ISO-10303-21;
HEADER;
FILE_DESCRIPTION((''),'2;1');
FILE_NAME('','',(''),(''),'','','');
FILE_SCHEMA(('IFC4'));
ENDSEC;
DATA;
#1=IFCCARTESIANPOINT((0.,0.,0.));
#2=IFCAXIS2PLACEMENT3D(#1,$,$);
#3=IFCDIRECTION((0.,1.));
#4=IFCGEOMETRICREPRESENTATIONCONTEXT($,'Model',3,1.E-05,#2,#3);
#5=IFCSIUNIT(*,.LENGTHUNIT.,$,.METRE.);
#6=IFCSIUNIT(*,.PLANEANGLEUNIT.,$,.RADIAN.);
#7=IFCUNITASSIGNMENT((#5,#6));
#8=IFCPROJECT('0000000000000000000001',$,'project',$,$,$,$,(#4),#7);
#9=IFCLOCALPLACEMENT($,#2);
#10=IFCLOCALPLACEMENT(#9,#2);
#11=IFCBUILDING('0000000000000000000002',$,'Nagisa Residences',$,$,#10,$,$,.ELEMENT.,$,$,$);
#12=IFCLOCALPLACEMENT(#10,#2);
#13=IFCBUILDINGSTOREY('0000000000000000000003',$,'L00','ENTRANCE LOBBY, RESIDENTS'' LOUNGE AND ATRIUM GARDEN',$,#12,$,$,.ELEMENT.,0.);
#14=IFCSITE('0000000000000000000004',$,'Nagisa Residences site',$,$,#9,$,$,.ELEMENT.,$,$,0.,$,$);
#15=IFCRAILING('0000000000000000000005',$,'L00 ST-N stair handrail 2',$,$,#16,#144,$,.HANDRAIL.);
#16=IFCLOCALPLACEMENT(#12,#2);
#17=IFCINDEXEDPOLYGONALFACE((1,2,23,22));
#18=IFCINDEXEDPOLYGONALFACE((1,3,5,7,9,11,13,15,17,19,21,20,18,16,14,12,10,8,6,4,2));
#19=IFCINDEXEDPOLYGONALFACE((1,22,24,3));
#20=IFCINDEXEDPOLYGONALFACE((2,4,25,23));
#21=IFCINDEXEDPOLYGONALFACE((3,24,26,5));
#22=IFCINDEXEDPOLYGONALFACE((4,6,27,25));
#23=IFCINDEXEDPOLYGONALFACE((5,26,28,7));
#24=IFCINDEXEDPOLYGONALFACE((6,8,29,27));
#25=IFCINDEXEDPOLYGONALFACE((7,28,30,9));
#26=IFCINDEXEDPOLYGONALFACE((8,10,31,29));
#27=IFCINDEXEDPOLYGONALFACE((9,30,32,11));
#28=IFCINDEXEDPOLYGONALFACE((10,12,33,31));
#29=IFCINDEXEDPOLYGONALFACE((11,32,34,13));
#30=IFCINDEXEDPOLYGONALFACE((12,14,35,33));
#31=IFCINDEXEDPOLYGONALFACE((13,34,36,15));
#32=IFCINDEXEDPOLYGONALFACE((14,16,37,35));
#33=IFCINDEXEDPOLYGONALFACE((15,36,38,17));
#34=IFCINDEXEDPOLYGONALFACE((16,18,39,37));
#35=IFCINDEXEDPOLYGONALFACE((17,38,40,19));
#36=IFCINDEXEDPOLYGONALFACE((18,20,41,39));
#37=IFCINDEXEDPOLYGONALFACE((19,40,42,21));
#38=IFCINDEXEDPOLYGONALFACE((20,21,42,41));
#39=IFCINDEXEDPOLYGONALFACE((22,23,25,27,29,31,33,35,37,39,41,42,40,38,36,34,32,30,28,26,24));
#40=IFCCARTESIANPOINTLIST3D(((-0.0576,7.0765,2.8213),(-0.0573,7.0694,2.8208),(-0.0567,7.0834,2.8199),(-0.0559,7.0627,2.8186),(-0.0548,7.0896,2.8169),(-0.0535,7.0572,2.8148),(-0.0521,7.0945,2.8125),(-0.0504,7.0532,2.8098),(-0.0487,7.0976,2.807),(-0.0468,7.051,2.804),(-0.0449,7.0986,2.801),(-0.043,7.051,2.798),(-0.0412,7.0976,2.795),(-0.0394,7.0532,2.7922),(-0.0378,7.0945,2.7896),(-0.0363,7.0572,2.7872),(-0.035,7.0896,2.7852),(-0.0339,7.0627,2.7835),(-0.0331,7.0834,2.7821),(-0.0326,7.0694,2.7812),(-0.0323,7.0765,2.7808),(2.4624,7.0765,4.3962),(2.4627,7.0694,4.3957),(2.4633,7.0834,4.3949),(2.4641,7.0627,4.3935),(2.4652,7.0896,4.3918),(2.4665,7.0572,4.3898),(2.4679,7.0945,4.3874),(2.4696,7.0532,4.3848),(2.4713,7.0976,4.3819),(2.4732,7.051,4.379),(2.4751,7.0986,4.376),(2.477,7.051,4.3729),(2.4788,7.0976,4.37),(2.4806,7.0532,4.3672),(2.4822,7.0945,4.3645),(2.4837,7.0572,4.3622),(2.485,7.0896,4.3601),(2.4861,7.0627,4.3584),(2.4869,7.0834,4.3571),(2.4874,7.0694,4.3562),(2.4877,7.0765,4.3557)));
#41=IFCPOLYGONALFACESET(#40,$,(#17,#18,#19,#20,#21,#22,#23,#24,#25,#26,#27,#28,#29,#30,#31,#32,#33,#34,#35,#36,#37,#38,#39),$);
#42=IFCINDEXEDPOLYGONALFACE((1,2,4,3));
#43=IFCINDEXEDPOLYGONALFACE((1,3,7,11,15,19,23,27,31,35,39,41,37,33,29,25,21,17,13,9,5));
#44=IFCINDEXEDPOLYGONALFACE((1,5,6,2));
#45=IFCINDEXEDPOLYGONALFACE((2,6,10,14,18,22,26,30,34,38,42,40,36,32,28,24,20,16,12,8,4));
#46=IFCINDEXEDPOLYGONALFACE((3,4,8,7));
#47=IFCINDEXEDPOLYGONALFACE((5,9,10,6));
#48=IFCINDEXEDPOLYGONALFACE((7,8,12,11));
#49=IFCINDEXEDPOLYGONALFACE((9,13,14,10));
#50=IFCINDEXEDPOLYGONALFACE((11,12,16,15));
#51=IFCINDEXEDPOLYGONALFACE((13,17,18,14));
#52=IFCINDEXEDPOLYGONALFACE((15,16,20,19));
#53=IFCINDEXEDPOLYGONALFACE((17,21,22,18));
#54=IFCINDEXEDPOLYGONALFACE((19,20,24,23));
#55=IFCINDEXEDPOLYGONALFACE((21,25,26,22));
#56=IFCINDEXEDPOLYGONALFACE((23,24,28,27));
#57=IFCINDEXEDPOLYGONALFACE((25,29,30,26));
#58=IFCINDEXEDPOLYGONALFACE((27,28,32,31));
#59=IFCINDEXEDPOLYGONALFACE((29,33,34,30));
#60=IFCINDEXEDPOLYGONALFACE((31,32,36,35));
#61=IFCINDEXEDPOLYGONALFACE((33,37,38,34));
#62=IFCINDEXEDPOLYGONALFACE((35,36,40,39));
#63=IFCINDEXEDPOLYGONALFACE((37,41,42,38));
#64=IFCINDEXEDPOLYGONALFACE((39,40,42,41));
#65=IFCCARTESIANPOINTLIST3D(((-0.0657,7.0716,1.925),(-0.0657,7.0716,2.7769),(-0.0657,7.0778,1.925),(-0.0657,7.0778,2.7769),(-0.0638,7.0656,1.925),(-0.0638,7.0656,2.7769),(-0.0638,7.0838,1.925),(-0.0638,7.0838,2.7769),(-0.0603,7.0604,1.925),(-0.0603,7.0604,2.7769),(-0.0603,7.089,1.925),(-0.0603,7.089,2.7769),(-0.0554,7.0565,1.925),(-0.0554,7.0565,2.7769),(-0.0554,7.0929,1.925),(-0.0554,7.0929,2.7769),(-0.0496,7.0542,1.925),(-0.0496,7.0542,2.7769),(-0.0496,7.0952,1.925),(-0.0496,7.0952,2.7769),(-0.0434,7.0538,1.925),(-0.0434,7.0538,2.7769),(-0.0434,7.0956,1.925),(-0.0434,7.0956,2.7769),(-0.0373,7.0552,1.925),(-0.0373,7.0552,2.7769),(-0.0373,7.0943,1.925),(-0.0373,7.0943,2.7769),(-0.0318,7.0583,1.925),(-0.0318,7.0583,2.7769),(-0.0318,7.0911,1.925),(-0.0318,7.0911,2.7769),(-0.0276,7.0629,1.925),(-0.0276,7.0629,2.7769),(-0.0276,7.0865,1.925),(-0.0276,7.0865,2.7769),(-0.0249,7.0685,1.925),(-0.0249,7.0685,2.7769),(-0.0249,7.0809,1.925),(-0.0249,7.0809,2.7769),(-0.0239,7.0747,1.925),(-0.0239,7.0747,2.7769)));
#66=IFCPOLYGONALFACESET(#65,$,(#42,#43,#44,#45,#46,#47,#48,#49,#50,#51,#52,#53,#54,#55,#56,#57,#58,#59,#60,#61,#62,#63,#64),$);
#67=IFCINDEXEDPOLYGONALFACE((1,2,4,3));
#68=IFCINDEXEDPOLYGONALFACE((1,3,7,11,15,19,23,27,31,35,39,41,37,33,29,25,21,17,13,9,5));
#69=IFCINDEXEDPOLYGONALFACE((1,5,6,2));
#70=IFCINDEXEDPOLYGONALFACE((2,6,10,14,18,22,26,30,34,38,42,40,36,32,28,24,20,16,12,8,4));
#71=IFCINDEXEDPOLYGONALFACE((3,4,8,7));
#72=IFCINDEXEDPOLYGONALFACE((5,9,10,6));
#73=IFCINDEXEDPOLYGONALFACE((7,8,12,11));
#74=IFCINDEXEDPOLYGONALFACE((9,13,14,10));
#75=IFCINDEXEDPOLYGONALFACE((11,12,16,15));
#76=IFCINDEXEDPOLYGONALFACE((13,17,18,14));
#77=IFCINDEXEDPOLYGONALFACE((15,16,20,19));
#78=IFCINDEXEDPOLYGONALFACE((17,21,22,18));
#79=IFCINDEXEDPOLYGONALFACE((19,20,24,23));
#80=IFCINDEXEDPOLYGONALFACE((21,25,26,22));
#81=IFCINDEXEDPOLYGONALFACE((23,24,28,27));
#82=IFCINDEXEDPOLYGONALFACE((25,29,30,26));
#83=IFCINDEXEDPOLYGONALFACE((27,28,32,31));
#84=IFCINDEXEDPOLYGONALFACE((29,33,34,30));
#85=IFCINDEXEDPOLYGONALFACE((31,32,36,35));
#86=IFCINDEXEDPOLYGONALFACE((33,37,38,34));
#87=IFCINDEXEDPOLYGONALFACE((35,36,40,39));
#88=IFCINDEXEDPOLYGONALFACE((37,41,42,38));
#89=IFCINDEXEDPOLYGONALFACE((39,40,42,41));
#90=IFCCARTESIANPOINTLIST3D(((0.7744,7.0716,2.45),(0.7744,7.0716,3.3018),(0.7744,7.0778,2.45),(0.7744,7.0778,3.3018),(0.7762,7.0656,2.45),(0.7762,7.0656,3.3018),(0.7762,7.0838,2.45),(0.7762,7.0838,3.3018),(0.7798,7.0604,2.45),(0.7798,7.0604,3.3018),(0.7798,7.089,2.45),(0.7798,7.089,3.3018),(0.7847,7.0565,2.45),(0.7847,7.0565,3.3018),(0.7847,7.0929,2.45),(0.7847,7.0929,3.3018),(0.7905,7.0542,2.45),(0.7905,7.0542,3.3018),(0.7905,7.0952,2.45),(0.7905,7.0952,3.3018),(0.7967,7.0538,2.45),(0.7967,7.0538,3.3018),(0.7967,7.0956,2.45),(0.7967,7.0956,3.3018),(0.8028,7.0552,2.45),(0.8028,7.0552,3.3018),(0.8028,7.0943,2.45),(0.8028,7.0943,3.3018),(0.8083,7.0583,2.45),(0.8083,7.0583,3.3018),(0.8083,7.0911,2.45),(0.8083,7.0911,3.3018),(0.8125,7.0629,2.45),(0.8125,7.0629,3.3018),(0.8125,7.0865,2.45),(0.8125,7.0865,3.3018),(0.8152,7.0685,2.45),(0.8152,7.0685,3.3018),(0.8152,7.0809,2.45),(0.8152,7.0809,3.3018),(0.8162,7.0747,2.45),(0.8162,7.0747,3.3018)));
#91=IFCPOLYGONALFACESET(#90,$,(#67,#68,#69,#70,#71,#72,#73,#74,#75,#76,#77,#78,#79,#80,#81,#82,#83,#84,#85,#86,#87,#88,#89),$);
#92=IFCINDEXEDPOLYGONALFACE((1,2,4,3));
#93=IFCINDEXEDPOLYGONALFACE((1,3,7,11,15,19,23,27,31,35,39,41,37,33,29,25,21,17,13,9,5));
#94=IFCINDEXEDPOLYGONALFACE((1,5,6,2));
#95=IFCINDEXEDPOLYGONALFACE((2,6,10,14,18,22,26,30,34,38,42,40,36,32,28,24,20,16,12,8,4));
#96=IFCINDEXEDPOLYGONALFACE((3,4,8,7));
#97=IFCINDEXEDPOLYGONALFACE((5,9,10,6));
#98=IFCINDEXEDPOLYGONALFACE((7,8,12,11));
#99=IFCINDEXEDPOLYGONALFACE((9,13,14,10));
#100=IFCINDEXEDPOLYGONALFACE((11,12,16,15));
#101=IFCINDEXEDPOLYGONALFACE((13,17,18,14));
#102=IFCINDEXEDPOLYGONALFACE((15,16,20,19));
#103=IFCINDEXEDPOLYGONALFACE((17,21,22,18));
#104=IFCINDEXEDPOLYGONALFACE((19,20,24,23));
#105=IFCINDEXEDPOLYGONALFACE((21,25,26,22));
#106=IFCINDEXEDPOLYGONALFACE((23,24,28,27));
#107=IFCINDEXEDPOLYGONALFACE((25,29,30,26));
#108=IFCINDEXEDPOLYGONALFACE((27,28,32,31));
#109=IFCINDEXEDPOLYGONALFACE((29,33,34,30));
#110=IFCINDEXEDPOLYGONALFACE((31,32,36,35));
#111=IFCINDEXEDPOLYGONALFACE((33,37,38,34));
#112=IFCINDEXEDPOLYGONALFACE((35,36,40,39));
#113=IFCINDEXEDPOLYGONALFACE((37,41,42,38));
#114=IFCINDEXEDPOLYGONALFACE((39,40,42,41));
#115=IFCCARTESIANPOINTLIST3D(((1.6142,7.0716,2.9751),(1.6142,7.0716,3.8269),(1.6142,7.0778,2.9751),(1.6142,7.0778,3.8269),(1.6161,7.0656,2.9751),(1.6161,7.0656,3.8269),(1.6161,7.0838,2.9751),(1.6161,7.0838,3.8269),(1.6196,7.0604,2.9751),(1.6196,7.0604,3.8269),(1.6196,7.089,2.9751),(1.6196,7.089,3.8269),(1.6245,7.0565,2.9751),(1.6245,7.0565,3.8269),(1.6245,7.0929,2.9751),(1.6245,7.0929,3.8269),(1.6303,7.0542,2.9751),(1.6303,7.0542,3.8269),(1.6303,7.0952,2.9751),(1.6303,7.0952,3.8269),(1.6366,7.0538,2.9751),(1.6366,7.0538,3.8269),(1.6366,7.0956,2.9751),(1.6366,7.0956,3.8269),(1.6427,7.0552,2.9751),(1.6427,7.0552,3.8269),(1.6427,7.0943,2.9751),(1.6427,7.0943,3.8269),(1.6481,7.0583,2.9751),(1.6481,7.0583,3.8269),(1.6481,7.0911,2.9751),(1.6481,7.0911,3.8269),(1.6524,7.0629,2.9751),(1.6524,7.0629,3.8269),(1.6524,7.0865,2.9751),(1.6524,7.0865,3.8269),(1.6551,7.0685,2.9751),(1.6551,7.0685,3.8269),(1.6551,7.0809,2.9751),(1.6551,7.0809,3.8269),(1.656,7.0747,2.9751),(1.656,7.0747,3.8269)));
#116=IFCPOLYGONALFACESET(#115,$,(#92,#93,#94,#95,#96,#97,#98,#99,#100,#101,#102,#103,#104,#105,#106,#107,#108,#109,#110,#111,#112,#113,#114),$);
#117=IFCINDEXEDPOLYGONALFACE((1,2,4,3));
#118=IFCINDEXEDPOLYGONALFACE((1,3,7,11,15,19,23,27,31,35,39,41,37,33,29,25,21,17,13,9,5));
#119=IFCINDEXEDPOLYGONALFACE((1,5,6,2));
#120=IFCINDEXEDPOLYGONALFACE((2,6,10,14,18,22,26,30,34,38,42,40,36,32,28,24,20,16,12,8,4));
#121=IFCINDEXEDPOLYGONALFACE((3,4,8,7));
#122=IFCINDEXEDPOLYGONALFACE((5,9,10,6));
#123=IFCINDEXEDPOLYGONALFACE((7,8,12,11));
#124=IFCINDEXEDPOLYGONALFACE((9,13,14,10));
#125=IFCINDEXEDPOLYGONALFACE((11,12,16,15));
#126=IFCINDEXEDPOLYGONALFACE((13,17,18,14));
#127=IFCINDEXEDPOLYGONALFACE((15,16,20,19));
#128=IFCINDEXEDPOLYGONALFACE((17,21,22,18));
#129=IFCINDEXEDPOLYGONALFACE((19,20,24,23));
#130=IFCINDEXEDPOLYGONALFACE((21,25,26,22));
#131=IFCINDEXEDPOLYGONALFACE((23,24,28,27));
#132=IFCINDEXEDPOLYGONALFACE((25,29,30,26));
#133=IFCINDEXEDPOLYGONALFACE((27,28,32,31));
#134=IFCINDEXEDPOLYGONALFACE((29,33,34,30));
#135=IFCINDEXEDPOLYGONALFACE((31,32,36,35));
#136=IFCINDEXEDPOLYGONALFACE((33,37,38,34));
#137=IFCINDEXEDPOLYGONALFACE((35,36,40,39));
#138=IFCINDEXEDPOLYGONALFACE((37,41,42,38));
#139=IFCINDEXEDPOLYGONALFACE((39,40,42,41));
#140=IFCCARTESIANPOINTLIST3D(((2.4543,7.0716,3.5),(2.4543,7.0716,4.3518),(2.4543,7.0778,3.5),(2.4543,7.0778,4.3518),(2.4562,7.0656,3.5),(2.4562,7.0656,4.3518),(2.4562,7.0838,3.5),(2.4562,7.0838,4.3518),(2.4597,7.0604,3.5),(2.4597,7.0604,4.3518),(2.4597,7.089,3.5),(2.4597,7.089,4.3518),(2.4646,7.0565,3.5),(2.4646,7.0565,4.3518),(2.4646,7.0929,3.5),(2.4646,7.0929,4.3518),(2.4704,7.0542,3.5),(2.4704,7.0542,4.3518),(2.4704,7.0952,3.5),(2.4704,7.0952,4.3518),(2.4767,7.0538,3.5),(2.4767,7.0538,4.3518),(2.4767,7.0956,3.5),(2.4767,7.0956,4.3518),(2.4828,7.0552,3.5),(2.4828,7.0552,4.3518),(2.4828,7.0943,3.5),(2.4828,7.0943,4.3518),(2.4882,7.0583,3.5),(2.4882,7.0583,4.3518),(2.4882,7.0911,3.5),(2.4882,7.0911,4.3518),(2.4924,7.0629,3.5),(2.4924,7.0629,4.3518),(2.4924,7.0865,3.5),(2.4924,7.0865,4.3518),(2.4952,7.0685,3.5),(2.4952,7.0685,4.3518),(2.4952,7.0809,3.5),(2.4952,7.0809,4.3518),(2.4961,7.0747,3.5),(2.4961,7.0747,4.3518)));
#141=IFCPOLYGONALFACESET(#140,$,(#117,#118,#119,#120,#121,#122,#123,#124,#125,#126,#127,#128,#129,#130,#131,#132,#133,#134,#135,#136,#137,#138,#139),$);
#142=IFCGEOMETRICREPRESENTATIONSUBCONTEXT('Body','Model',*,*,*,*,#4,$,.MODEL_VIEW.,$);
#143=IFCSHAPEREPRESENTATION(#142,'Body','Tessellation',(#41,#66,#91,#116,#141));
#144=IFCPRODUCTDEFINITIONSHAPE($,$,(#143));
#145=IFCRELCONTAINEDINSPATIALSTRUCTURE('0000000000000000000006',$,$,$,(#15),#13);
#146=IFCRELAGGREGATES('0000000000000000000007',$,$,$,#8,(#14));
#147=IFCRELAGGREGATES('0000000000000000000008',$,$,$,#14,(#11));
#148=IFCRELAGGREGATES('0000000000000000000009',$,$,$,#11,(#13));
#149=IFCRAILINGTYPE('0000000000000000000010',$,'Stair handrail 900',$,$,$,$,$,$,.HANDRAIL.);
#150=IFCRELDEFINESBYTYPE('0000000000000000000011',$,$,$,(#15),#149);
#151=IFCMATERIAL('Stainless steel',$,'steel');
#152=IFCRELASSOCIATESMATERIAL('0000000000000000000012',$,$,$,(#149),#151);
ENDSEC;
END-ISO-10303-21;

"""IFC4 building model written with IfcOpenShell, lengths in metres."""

from ifc_helpers import new_model, si_unit, direction, frame, origin, origin_2d, place, context, subcontext, project, spatial, circle, extrude, material, type_object, element, save


model = new_model("IFC4")

# Units and contexts
model_context = context("Model", 3, precision=1e-05, world=origin(), true_north=direction((0.0, 1.0)))
body_context = subcontext(model_context, "Body", "Model", "MODEL_VIEW")
ifc_project = project(units=[si_unit("LENGTHUNIT", "METRE"), si_unit("PLANEANGLEUNIT", "RADIAN")], contexts=[model_context])

# Site, building, storey
site_placement = place(None, origin())
site = spatial("IfcSite", under=ifc_project, at=site_placement, Name="Nagisa Residences site", CompositionType="ELEMENT", RefElevation=0.0)
building_placement = place(site_placement, origin())
building = spatial("IfcBuilding", under=site, at=building_placement, Name="Nagisa Residences", CompositionType="ELEMENT")
storey_placement = place(building_placement, origin())
storey = spatial("IfcBuildingStorey", under=building, at=storey_placement, Name="L00", Description="ENTRANCE LOBBY, RESIDENTS' LOUNGE AND ATRIUM GARDEN", CompositionType="ELEMENT", Elevation=0.0)

# Railing
ifc_material_1 = material(Name="Stainless steel", Category="steel")
railing_type_1 = type_object("IfcRailingType", Name="Stair handrail 900", PredefinedType="HANDRAIL", material=ifc_material_1)
for number, where, name in (
    (1, (-0.0449, 7.0747, 1.925), "L00 ST-N stair handrail 2"),
):
    element("IfcRailing", number, at=place(storey_placement, frame(where)), inside=storey, type_object=railing_type_1, Name=name, PredefinedType="HANDRAIL", context=body_context, shape_type="SweptSolid", body=[
        extrude(circle(Radius=0.0239, at=origin_2d()), frame((0.0, 0.0, 0.876), z_axis=(0.848008, 0.0, 0.529984), x_axis=(0.0, 1.0, 0.0)), (0.0, 0.0, 1.0), 2.9717),
        extrude(circle(Radius=0.021, at=origin_2d()), origin(), (0.0, 0.0, 1.0), 0.8518),
        extrude(circle(Radius=0.021, at=origin_2d()), frame((0.8401, 0.0, 0.5249)), (0.0, 0.0, 1.0), 0.8518),
        extrude(circle(Radius=0.021, at=origin_2d()), frame((1.6799, 0.0, 1.05)), (0.0, 0.0, 1.0), 0.8518),
        extrude(circle(Radius=0.021, at=origin_2d()), frame((2.52, 0.0, 1.575)), (0.0, 0.0, 1.0), 0.8518),
    ])

save(model, "model.ifc")
